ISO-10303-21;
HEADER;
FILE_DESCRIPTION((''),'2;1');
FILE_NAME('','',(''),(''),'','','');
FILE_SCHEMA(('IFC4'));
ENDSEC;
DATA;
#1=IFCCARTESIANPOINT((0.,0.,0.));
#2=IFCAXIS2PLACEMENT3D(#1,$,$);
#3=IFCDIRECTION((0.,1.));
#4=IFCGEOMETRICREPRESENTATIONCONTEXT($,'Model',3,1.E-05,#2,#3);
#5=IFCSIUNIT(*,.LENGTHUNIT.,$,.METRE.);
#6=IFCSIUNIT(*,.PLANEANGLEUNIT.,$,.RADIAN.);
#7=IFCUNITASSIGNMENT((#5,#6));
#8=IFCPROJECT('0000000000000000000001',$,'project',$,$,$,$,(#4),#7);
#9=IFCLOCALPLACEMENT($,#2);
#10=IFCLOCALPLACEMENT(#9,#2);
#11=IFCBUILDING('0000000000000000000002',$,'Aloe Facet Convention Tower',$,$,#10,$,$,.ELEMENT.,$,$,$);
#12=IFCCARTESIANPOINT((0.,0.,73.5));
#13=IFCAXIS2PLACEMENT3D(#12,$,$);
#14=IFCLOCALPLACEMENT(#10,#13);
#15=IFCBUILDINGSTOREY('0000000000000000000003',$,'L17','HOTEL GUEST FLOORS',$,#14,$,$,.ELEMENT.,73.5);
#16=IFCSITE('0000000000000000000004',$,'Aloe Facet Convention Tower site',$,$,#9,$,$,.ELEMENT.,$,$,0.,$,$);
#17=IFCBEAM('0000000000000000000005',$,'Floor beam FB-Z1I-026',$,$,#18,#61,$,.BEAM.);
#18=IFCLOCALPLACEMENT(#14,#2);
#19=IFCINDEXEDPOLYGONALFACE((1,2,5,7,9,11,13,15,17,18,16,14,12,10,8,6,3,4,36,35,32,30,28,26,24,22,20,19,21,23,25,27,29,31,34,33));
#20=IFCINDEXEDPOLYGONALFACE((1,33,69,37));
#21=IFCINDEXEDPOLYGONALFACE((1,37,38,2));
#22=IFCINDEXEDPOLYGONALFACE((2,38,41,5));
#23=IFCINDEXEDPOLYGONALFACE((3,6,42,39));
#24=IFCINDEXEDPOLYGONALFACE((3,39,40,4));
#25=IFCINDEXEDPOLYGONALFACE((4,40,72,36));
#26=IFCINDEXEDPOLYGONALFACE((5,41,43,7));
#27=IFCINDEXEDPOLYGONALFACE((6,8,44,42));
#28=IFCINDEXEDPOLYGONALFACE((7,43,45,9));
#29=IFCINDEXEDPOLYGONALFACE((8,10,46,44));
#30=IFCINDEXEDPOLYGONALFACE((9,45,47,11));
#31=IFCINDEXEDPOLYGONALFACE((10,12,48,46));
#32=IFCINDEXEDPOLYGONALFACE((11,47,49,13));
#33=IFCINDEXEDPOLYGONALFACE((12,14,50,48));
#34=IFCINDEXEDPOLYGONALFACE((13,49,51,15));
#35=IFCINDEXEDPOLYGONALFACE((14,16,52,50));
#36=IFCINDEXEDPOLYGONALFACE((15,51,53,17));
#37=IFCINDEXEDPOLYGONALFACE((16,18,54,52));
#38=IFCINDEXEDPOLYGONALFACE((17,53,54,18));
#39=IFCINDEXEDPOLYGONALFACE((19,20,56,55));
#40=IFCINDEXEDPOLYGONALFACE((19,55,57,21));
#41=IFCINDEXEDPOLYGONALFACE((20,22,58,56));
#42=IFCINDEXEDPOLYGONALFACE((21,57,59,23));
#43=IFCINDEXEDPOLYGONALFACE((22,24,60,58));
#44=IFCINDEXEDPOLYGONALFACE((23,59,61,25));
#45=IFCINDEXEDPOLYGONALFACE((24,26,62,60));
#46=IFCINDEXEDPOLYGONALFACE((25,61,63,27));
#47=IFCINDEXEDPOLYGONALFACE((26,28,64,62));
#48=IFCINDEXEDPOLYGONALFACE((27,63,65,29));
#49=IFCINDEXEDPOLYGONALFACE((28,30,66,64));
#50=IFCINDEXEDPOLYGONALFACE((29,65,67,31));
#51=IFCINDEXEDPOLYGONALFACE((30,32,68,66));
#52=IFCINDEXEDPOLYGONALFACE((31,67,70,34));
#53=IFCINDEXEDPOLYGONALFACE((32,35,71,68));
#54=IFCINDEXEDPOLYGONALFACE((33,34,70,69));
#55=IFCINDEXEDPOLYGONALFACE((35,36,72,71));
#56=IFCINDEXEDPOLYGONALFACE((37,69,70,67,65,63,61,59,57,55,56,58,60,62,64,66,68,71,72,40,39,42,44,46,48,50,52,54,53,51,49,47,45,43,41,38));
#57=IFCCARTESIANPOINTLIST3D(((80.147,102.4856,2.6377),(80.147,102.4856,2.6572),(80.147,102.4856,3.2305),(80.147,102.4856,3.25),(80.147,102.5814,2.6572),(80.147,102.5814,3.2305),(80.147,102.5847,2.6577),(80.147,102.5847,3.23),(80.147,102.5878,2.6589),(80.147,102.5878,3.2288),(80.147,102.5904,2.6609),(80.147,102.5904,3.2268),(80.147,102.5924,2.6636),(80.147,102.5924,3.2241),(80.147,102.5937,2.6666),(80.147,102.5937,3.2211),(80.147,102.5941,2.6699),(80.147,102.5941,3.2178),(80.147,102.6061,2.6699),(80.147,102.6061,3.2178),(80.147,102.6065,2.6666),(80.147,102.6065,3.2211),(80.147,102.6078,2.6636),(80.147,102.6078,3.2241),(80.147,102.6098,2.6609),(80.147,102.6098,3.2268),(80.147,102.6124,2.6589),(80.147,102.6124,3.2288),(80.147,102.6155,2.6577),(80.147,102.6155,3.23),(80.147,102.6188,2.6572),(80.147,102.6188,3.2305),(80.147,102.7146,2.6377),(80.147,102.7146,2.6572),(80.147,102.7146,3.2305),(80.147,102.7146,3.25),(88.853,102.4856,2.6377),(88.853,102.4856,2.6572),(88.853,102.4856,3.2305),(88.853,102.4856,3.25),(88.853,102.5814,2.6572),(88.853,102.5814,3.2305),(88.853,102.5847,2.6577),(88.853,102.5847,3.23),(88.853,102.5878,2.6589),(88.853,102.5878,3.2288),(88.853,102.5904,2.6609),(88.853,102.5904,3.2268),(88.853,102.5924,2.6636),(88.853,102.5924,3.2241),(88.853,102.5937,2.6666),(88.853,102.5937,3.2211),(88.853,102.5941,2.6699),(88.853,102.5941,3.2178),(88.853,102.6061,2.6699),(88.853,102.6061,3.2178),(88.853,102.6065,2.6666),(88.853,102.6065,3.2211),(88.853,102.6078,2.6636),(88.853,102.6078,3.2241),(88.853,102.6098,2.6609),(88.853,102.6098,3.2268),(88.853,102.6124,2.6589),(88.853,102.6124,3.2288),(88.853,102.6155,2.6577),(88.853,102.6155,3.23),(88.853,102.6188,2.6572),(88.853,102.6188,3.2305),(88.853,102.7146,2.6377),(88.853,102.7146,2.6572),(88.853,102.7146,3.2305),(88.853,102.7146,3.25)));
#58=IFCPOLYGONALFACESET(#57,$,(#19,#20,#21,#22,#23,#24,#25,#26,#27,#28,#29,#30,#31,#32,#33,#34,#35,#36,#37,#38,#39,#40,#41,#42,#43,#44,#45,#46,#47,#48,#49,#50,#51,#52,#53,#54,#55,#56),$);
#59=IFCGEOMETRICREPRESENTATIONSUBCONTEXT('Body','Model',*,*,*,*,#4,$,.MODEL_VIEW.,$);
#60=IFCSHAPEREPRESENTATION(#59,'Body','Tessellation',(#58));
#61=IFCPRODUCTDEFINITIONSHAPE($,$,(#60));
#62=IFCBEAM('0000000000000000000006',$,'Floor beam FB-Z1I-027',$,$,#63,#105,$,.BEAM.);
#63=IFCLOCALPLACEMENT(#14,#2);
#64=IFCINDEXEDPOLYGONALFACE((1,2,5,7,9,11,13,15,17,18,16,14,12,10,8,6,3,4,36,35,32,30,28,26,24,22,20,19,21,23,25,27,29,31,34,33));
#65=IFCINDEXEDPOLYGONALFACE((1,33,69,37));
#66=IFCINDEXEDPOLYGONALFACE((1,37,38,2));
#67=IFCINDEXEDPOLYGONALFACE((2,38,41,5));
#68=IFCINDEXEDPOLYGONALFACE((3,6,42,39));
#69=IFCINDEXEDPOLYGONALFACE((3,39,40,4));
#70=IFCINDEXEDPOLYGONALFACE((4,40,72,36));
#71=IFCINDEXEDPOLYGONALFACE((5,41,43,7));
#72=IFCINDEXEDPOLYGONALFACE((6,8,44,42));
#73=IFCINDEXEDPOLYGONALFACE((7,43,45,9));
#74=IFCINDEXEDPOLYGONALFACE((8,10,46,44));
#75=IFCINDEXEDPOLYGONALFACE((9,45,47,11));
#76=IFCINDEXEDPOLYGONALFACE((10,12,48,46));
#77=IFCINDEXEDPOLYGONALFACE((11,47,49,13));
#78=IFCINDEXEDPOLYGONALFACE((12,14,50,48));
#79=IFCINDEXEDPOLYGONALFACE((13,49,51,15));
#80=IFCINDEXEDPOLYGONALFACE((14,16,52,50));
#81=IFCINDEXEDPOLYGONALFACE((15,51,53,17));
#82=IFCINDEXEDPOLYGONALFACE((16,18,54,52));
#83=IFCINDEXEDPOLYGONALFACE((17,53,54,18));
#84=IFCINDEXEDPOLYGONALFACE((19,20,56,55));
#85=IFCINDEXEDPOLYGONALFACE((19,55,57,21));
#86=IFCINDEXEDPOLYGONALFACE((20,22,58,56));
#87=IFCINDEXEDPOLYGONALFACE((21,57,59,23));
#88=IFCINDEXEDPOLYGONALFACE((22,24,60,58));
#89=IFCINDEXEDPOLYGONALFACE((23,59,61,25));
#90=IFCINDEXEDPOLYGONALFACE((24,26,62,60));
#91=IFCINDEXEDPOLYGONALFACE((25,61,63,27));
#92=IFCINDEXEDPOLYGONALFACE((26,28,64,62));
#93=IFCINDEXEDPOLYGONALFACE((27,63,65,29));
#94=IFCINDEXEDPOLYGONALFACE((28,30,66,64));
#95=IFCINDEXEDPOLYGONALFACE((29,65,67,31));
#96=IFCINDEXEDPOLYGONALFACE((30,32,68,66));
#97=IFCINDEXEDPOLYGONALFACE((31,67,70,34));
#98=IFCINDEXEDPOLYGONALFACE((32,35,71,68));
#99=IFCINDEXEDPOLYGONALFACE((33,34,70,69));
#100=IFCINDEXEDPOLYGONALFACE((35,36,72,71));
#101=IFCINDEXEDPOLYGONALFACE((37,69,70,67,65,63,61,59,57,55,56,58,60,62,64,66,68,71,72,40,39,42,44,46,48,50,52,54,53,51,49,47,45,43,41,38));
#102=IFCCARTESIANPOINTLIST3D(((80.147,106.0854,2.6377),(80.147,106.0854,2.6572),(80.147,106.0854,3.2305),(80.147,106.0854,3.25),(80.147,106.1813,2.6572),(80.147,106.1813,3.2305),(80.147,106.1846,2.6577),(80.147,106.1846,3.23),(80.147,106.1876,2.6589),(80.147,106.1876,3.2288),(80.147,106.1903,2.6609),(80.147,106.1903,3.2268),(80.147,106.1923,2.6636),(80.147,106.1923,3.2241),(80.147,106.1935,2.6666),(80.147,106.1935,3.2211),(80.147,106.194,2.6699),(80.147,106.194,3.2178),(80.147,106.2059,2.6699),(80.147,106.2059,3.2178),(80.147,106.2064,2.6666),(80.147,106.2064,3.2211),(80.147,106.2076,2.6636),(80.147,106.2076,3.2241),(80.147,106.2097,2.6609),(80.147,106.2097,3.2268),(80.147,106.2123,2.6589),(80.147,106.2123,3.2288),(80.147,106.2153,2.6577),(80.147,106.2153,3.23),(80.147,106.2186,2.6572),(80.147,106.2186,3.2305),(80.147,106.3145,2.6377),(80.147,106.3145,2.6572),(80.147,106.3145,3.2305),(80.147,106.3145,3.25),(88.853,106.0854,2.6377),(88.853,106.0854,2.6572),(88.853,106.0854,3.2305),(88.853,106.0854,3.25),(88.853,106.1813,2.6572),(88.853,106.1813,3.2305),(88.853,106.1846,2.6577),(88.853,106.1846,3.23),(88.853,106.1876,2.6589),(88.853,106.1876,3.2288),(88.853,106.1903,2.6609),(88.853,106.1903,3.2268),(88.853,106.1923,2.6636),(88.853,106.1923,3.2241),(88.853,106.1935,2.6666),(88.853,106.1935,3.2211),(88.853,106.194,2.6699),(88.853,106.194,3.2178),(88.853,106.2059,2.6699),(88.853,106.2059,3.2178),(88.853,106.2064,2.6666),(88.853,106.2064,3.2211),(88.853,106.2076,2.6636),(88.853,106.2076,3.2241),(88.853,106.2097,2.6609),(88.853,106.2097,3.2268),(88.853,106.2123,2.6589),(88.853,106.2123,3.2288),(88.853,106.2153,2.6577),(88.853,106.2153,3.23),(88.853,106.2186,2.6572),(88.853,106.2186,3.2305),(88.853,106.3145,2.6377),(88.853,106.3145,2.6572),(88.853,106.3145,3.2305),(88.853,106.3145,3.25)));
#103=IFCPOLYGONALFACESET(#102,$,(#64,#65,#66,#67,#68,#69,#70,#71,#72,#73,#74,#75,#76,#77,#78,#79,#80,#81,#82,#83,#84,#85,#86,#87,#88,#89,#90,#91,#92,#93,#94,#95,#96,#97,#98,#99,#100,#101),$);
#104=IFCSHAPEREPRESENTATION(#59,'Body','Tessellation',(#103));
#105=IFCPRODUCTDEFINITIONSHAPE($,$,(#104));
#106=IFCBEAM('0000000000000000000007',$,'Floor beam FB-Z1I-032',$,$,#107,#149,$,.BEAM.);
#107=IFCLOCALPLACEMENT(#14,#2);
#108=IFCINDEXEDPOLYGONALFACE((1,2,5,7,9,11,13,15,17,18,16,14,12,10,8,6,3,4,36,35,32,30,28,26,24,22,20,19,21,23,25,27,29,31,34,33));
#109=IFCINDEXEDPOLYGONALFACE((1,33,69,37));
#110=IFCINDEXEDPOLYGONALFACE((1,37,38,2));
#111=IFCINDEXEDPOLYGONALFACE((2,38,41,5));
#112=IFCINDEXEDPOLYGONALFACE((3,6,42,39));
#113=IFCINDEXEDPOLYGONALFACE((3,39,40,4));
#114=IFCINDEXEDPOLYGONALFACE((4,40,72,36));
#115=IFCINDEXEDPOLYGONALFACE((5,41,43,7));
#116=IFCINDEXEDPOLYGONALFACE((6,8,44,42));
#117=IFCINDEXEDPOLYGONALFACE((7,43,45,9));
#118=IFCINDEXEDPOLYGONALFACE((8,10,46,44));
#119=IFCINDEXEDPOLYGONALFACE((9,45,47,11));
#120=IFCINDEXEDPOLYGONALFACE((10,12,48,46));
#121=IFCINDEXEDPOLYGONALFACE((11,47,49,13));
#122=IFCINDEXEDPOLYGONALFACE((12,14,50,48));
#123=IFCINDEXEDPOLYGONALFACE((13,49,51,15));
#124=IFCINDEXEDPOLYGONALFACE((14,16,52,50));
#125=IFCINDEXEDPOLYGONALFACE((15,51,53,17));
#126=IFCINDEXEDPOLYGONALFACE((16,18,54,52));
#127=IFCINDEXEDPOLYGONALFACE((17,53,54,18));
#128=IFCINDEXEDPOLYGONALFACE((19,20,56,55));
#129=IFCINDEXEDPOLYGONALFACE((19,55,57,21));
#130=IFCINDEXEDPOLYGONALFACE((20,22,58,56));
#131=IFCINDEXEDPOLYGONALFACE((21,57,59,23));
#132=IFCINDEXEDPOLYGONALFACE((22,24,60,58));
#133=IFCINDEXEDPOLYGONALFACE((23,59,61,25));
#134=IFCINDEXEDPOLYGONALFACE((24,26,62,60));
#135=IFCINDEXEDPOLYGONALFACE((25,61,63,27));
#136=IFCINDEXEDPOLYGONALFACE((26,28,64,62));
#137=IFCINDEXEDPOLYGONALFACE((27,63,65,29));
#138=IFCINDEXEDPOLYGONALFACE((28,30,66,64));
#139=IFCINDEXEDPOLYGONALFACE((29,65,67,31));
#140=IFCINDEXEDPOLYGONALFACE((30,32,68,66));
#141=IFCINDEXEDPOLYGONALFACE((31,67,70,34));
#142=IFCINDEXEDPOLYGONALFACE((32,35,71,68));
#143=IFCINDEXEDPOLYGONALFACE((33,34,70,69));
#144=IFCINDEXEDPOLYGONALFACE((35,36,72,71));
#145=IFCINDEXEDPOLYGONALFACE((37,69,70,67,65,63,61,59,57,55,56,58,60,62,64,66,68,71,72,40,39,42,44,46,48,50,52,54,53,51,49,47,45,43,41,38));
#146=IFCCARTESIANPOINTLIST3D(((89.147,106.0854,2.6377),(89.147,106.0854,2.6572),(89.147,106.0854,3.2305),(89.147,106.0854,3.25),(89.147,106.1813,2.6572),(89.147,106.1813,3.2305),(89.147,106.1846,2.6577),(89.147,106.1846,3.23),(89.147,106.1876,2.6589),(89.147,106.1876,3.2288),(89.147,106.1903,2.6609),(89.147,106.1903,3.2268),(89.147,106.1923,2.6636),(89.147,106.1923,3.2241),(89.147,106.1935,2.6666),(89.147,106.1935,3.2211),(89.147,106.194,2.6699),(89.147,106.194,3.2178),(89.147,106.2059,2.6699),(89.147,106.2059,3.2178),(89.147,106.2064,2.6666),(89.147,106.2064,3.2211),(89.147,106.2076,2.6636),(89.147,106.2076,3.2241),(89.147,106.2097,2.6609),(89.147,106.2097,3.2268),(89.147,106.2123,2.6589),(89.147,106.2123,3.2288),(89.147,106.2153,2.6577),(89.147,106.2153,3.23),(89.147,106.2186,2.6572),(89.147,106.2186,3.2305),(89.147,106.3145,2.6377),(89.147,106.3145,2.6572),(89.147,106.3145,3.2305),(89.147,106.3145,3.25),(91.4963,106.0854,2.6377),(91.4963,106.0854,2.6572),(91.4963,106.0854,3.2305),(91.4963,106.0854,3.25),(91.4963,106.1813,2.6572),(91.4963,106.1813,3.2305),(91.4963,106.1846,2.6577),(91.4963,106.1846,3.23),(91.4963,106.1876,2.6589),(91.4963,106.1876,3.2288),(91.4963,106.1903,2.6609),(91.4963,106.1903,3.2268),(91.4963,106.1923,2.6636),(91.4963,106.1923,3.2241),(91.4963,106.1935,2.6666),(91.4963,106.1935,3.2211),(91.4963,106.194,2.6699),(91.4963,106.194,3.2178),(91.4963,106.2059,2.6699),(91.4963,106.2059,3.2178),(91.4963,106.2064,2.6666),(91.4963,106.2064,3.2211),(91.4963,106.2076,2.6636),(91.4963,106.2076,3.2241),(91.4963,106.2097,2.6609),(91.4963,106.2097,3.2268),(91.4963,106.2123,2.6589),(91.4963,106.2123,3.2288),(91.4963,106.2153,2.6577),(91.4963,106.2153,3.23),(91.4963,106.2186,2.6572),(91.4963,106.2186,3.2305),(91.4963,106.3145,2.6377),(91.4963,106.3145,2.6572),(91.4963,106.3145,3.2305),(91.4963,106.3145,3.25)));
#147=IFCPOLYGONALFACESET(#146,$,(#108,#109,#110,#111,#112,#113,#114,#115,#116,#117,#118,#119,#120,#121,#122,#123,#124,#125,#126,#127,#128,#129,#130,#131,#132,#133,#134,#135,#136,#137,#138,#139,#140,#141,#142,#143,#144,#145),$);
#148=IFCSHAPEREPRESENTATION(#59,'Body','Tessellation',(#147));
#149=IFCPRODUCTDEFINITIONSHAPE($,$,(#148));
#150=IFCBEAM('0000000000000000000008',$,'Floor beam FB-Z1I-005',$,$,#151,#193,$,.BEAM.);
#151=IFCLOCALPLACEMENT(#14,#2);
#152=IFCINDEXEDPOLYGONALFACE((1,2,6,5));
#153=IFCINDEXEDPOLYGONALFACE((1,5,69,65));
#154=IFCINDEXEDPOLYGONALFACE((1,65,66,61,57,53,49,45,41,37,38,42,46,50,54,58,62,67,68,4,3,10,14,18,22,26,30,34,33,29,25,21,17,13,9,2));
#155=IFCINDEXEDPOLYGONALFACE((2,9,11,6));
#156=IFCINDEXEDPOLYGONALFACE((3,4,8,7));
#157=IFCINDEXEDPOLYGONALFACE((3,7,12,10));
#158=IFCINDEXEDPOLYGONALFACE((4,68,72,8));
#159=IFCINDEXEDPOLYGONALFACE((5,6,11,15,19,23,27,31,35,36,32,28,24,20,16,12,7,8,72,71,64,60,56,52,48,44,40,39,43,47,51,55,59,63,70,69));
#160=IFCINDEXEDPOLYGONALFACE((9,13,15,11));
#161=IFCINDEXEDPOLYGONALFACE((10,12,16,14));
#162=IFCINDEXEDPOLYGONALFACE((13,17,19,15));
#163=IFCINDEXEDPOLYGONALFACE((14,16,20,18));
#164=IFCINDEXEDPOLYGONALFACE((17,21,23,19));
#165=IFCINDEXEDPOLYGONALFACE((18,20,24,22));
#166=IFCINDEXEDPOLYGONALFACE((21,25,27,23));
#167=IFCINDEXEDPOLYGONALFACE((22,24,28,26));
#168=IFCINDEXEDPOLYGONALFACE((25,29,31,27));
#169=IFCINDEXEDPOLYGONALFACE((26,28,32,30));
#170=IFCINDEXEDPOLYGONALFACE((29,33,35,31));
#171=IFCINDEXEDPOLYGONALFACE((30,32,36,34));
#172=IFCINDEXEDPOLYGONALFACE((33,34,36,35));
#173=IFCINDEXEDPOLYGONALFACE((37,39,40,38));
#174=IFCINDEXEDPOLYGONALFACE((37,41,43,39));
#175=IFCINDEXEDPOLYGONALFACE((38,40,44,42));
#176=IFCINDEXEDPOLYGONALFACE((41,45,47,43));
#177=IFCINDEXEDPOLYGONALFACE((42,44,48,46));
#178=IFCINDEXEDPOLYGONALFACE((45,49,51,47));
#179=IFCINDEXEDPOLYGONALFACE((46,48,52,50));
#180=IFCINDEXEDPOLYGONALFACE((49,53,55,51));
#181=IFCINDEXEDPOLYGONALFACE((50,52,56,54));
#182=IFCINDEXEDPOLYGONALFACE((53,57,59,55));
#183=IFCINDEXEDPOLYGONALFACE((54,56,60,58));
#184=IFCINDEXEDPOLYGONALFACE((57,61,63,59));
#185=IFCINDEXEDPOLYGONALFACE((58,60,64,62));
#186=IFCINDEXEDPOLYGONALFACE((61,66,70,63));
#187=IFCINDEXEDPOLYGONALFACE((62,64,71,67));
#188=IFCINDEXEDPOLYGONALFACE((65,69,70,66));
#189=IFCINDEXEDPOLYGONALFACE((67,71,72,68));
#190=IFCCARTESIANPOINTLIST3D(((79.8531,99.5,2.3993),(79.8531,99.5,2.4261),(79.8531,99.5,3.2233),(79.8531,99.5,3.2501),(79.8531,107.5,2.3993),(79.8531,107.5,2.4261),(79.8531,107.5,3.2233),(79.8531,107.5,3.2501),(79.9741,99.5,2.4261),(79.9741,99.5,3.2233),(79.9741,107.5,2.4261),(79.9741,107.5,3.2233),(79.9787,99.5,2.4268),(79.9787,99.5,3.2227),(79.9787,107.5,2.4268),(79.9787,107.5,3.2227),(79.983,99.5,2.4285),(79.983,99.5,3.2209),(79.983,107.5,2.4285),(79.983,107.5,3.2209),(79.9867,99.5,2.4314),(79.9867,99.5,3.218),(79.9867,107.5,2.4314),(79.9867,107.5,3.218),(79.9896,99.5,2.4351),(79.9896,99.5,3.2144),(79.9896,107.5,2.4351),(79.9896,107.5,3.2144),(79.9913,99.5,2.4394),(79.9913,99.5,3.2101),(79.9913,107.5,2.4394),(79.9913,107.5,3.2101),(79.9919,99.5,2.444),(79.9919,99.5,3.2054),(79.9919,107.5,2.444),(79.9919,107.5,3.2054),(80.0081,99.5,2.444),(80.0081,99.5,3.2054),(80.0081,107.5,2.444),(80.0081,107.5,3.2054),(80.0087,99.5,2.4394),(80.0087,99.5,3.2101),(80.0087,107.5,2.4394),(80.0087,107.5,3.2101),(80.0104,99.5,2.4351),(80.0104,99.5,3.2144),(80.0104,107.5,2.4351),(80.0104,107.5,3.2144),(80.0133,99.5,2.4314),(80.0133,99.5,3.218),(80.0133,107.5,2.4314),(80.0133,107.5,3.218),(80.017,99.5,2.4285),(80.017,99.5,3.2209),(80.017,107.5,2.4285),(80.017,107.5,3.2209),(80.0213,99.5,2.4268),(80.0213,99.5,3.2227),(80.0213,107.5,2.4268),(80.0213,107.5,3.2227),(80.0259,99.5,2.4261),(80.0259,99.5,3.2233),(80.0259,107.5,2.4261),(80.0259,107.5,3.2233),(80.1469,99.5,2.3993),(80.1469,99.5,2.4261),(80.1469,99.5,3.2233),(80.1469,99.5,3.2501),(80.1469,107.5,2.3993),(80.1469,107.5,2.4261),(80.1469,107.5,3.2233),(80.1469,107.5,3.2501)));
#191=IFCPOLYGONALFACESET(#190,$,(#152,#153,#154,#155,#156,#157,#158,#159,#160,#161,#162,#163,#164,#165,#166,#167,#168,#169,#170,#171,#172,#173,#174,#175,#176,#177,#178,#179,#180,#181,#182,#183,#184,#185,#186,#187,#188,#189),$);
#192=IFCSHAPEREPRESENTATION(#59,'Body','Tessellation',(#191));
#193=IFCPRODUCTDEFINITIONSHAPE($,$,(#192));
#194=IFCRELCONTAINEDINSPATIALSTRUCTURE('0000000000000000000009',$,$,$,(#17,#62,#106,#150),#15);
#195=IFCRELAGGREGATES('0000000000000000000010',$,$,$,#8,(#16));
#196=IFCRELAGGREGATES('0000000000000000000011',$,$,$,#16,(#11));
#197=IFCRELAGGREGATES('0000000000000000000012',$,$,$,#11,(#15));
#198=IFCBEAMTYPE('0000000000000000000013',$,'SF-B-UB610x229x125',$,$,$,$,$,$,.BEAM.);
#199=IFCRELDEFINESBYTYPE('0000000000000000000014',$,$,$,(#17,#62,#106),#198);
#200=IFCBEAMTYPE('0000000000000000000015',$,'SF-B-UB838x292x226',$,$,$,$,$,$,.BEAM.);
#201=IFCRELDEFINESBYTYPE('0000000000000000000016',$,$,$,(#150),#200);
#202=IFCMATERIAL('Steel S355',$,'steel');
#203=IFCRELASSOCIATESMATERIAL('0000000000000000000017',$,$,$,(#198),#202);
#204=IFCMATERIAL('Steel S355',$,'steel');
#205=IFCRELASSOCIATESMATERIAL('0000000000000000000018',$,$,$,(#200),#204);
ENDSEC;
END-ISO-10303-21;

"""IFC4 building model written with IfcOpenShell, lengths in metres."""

from ifc_helpers import new_model, si_unit, direction, frame, origin, origin_2d, place, context, subcontext, project, spatial, i_section, extrude, material, material_profile, profile_set, type_object, element, save


model = new_model("IFC4")

# Units and contexts
model_context = context("Model", 3, precision=1e-05, world=origin(), true_north=direction((0.0, 1.0)))
body_context = subcontext(model_context, "Body", "Model", "MODEL_VIEW")
ifc_project = project(units=[si_unit("LENGTHUNIT", "METRE"), si_unit("PLANEANGLEUNIT", "RADIAN")], contexts=[model_context])

# Site, building, storey
site_placement = place(None, origin())
site = spatial("IfcSite", under=ifc_project, at=site_placement, Name="Aloe Facet Convention Tower site", CompositionType="ELEMENT", RefElevation=0.0)
building_placement = place(site_placement, origin())
building = spatial("IfcBuilding", under=site, at=building_placement, Name="Aloe Facet Convention Tower", CompositionType="ELEMENT")
storey_placement = place(building_placement, frame((0.0, 0.0, 73.5)))
storey = spatial("IfcBuildingStorey", under=building, at=storey_placement, Name="L17", Description="HOTEL GUEST FLOORS", CompositionType="ELEMENT", Elevation=73.5)

# Beams
ifc_material_1 = material(Name="Steel S355", Category="steel")
ifc_material_profile_1 = material_profile(ifc_material_1, i_section(OverallWidth=0.229, OverallDepth=0.6123, WebThickness=0.012, FlangeThickness=0.0195, FilletRadius=0.0127, at=origin_2d()), Name="UB 610x229x125")
ifc_profile_set_1 = profile_set([ifc_material_profile_1], Name="Steel S355")
beam_type_1 = type_object("IfcBeamType", Name="SF-B-UB610x229x125", PredefinedType="BEAM", material=ifc_profile_set_1)
for number, where, z_axis, x_axis, name in (
    (1, (80.147, 102.6001, 2.9438), (1.0, 0.0, 0.0), (0.0, 1.0, 0.0), "Floor beam FB-Z1I-026"),
    (2, (80.147, 106.2, 2.9438), (1.0, 0.0, 0.0), (0.0, 1.0, 0.0), "Floor beam FB-Z1I-027"),
):
    element("IfcBeam", number, at=place(storey_placement, frame(where, z_axis=z_axis, x_axis=x_axis)), inside=storey, type_object=beam_type_1, Name=name, PredefinedType="BEAM", context=body_context, shape_type="SweptSolid", body=[
        extrude(i_section(OverallWidth=0.229, OverallDepth=0.6123, WebThickness=0.012, FlangeThickness=0.0195, FilletRadius=0.0127, at=origin_2d()), origin(), (0.0, 0.0, 1.0), 8.7061),
    ])
beam_1_placement = place(storey_placement, frame((89.147, 106.2, 2.9438), z_axis=(1.0, 0.0, 0.0), x_axis=(0.0, 1.0, 0.0)))
element("IfcBeam", 3, at=beam_1_placement, inside=storey, type_object=beam_type_1, Name="Floor beam FB-Z1I-032", PredefinedType="BEAM", context=body_context, shape_type="SweptSolid", body=[
    extrude(i_section(OverallWidth=0.229, OverallDepth=0.6123, WebThickness=0.012, FlangeThickness=0.0195, FilletRadius=0.0127, at=origin_2d()), origin(), (0.0, 0.0, 1.0), 2.3494),
])
ifc_material_2 = material(Name="Steel S355", Category="steel")
ifc_material_profile_2 = material_profile(ifc_material_2, i_section(OverallWidth=0.2937, OverallDepth=0.8508, WebThickness=0.0161, FlangeThickness=0.0269, FilletRadius=0.0178, at=origin_2d()), Name="UB 838x292x226")
ifc_profile_set_2 = profile_set([ifc_material_profile_2], Name="Steel S355")
beam_type_2 = type_object("IfcBeamType", Name="SF-B-UB838x292x226", PredefinedType="BEAM", material=ifc_profile_set_2)
beam_2_placement = place(storey_placement, frame((80.0, 107.5, 2.8247), z_axis=(0.0, -1.0, 0.0), x_axis=(1.0, 0.0, 0.0)))
element("IfcBeam", 4, at=beam_2_placement, inside=storey, type_object=beam_type_2, Name="Floor beam FB-Z1I-005", PredefinedType="BEAM", context=body_context, shape_type="SweptSolid", body=[
    extrude(i_section(OverallWidth=0.2937, OverallDepth=0.8508, WebThickness=0.0161, FlangeThickness=0.0269, FilletRadius=0.0178, at=origin_2d()), origin(), (0.0, 0.0, 1.0), 8.0),
])

save(model, "model.ifc")
